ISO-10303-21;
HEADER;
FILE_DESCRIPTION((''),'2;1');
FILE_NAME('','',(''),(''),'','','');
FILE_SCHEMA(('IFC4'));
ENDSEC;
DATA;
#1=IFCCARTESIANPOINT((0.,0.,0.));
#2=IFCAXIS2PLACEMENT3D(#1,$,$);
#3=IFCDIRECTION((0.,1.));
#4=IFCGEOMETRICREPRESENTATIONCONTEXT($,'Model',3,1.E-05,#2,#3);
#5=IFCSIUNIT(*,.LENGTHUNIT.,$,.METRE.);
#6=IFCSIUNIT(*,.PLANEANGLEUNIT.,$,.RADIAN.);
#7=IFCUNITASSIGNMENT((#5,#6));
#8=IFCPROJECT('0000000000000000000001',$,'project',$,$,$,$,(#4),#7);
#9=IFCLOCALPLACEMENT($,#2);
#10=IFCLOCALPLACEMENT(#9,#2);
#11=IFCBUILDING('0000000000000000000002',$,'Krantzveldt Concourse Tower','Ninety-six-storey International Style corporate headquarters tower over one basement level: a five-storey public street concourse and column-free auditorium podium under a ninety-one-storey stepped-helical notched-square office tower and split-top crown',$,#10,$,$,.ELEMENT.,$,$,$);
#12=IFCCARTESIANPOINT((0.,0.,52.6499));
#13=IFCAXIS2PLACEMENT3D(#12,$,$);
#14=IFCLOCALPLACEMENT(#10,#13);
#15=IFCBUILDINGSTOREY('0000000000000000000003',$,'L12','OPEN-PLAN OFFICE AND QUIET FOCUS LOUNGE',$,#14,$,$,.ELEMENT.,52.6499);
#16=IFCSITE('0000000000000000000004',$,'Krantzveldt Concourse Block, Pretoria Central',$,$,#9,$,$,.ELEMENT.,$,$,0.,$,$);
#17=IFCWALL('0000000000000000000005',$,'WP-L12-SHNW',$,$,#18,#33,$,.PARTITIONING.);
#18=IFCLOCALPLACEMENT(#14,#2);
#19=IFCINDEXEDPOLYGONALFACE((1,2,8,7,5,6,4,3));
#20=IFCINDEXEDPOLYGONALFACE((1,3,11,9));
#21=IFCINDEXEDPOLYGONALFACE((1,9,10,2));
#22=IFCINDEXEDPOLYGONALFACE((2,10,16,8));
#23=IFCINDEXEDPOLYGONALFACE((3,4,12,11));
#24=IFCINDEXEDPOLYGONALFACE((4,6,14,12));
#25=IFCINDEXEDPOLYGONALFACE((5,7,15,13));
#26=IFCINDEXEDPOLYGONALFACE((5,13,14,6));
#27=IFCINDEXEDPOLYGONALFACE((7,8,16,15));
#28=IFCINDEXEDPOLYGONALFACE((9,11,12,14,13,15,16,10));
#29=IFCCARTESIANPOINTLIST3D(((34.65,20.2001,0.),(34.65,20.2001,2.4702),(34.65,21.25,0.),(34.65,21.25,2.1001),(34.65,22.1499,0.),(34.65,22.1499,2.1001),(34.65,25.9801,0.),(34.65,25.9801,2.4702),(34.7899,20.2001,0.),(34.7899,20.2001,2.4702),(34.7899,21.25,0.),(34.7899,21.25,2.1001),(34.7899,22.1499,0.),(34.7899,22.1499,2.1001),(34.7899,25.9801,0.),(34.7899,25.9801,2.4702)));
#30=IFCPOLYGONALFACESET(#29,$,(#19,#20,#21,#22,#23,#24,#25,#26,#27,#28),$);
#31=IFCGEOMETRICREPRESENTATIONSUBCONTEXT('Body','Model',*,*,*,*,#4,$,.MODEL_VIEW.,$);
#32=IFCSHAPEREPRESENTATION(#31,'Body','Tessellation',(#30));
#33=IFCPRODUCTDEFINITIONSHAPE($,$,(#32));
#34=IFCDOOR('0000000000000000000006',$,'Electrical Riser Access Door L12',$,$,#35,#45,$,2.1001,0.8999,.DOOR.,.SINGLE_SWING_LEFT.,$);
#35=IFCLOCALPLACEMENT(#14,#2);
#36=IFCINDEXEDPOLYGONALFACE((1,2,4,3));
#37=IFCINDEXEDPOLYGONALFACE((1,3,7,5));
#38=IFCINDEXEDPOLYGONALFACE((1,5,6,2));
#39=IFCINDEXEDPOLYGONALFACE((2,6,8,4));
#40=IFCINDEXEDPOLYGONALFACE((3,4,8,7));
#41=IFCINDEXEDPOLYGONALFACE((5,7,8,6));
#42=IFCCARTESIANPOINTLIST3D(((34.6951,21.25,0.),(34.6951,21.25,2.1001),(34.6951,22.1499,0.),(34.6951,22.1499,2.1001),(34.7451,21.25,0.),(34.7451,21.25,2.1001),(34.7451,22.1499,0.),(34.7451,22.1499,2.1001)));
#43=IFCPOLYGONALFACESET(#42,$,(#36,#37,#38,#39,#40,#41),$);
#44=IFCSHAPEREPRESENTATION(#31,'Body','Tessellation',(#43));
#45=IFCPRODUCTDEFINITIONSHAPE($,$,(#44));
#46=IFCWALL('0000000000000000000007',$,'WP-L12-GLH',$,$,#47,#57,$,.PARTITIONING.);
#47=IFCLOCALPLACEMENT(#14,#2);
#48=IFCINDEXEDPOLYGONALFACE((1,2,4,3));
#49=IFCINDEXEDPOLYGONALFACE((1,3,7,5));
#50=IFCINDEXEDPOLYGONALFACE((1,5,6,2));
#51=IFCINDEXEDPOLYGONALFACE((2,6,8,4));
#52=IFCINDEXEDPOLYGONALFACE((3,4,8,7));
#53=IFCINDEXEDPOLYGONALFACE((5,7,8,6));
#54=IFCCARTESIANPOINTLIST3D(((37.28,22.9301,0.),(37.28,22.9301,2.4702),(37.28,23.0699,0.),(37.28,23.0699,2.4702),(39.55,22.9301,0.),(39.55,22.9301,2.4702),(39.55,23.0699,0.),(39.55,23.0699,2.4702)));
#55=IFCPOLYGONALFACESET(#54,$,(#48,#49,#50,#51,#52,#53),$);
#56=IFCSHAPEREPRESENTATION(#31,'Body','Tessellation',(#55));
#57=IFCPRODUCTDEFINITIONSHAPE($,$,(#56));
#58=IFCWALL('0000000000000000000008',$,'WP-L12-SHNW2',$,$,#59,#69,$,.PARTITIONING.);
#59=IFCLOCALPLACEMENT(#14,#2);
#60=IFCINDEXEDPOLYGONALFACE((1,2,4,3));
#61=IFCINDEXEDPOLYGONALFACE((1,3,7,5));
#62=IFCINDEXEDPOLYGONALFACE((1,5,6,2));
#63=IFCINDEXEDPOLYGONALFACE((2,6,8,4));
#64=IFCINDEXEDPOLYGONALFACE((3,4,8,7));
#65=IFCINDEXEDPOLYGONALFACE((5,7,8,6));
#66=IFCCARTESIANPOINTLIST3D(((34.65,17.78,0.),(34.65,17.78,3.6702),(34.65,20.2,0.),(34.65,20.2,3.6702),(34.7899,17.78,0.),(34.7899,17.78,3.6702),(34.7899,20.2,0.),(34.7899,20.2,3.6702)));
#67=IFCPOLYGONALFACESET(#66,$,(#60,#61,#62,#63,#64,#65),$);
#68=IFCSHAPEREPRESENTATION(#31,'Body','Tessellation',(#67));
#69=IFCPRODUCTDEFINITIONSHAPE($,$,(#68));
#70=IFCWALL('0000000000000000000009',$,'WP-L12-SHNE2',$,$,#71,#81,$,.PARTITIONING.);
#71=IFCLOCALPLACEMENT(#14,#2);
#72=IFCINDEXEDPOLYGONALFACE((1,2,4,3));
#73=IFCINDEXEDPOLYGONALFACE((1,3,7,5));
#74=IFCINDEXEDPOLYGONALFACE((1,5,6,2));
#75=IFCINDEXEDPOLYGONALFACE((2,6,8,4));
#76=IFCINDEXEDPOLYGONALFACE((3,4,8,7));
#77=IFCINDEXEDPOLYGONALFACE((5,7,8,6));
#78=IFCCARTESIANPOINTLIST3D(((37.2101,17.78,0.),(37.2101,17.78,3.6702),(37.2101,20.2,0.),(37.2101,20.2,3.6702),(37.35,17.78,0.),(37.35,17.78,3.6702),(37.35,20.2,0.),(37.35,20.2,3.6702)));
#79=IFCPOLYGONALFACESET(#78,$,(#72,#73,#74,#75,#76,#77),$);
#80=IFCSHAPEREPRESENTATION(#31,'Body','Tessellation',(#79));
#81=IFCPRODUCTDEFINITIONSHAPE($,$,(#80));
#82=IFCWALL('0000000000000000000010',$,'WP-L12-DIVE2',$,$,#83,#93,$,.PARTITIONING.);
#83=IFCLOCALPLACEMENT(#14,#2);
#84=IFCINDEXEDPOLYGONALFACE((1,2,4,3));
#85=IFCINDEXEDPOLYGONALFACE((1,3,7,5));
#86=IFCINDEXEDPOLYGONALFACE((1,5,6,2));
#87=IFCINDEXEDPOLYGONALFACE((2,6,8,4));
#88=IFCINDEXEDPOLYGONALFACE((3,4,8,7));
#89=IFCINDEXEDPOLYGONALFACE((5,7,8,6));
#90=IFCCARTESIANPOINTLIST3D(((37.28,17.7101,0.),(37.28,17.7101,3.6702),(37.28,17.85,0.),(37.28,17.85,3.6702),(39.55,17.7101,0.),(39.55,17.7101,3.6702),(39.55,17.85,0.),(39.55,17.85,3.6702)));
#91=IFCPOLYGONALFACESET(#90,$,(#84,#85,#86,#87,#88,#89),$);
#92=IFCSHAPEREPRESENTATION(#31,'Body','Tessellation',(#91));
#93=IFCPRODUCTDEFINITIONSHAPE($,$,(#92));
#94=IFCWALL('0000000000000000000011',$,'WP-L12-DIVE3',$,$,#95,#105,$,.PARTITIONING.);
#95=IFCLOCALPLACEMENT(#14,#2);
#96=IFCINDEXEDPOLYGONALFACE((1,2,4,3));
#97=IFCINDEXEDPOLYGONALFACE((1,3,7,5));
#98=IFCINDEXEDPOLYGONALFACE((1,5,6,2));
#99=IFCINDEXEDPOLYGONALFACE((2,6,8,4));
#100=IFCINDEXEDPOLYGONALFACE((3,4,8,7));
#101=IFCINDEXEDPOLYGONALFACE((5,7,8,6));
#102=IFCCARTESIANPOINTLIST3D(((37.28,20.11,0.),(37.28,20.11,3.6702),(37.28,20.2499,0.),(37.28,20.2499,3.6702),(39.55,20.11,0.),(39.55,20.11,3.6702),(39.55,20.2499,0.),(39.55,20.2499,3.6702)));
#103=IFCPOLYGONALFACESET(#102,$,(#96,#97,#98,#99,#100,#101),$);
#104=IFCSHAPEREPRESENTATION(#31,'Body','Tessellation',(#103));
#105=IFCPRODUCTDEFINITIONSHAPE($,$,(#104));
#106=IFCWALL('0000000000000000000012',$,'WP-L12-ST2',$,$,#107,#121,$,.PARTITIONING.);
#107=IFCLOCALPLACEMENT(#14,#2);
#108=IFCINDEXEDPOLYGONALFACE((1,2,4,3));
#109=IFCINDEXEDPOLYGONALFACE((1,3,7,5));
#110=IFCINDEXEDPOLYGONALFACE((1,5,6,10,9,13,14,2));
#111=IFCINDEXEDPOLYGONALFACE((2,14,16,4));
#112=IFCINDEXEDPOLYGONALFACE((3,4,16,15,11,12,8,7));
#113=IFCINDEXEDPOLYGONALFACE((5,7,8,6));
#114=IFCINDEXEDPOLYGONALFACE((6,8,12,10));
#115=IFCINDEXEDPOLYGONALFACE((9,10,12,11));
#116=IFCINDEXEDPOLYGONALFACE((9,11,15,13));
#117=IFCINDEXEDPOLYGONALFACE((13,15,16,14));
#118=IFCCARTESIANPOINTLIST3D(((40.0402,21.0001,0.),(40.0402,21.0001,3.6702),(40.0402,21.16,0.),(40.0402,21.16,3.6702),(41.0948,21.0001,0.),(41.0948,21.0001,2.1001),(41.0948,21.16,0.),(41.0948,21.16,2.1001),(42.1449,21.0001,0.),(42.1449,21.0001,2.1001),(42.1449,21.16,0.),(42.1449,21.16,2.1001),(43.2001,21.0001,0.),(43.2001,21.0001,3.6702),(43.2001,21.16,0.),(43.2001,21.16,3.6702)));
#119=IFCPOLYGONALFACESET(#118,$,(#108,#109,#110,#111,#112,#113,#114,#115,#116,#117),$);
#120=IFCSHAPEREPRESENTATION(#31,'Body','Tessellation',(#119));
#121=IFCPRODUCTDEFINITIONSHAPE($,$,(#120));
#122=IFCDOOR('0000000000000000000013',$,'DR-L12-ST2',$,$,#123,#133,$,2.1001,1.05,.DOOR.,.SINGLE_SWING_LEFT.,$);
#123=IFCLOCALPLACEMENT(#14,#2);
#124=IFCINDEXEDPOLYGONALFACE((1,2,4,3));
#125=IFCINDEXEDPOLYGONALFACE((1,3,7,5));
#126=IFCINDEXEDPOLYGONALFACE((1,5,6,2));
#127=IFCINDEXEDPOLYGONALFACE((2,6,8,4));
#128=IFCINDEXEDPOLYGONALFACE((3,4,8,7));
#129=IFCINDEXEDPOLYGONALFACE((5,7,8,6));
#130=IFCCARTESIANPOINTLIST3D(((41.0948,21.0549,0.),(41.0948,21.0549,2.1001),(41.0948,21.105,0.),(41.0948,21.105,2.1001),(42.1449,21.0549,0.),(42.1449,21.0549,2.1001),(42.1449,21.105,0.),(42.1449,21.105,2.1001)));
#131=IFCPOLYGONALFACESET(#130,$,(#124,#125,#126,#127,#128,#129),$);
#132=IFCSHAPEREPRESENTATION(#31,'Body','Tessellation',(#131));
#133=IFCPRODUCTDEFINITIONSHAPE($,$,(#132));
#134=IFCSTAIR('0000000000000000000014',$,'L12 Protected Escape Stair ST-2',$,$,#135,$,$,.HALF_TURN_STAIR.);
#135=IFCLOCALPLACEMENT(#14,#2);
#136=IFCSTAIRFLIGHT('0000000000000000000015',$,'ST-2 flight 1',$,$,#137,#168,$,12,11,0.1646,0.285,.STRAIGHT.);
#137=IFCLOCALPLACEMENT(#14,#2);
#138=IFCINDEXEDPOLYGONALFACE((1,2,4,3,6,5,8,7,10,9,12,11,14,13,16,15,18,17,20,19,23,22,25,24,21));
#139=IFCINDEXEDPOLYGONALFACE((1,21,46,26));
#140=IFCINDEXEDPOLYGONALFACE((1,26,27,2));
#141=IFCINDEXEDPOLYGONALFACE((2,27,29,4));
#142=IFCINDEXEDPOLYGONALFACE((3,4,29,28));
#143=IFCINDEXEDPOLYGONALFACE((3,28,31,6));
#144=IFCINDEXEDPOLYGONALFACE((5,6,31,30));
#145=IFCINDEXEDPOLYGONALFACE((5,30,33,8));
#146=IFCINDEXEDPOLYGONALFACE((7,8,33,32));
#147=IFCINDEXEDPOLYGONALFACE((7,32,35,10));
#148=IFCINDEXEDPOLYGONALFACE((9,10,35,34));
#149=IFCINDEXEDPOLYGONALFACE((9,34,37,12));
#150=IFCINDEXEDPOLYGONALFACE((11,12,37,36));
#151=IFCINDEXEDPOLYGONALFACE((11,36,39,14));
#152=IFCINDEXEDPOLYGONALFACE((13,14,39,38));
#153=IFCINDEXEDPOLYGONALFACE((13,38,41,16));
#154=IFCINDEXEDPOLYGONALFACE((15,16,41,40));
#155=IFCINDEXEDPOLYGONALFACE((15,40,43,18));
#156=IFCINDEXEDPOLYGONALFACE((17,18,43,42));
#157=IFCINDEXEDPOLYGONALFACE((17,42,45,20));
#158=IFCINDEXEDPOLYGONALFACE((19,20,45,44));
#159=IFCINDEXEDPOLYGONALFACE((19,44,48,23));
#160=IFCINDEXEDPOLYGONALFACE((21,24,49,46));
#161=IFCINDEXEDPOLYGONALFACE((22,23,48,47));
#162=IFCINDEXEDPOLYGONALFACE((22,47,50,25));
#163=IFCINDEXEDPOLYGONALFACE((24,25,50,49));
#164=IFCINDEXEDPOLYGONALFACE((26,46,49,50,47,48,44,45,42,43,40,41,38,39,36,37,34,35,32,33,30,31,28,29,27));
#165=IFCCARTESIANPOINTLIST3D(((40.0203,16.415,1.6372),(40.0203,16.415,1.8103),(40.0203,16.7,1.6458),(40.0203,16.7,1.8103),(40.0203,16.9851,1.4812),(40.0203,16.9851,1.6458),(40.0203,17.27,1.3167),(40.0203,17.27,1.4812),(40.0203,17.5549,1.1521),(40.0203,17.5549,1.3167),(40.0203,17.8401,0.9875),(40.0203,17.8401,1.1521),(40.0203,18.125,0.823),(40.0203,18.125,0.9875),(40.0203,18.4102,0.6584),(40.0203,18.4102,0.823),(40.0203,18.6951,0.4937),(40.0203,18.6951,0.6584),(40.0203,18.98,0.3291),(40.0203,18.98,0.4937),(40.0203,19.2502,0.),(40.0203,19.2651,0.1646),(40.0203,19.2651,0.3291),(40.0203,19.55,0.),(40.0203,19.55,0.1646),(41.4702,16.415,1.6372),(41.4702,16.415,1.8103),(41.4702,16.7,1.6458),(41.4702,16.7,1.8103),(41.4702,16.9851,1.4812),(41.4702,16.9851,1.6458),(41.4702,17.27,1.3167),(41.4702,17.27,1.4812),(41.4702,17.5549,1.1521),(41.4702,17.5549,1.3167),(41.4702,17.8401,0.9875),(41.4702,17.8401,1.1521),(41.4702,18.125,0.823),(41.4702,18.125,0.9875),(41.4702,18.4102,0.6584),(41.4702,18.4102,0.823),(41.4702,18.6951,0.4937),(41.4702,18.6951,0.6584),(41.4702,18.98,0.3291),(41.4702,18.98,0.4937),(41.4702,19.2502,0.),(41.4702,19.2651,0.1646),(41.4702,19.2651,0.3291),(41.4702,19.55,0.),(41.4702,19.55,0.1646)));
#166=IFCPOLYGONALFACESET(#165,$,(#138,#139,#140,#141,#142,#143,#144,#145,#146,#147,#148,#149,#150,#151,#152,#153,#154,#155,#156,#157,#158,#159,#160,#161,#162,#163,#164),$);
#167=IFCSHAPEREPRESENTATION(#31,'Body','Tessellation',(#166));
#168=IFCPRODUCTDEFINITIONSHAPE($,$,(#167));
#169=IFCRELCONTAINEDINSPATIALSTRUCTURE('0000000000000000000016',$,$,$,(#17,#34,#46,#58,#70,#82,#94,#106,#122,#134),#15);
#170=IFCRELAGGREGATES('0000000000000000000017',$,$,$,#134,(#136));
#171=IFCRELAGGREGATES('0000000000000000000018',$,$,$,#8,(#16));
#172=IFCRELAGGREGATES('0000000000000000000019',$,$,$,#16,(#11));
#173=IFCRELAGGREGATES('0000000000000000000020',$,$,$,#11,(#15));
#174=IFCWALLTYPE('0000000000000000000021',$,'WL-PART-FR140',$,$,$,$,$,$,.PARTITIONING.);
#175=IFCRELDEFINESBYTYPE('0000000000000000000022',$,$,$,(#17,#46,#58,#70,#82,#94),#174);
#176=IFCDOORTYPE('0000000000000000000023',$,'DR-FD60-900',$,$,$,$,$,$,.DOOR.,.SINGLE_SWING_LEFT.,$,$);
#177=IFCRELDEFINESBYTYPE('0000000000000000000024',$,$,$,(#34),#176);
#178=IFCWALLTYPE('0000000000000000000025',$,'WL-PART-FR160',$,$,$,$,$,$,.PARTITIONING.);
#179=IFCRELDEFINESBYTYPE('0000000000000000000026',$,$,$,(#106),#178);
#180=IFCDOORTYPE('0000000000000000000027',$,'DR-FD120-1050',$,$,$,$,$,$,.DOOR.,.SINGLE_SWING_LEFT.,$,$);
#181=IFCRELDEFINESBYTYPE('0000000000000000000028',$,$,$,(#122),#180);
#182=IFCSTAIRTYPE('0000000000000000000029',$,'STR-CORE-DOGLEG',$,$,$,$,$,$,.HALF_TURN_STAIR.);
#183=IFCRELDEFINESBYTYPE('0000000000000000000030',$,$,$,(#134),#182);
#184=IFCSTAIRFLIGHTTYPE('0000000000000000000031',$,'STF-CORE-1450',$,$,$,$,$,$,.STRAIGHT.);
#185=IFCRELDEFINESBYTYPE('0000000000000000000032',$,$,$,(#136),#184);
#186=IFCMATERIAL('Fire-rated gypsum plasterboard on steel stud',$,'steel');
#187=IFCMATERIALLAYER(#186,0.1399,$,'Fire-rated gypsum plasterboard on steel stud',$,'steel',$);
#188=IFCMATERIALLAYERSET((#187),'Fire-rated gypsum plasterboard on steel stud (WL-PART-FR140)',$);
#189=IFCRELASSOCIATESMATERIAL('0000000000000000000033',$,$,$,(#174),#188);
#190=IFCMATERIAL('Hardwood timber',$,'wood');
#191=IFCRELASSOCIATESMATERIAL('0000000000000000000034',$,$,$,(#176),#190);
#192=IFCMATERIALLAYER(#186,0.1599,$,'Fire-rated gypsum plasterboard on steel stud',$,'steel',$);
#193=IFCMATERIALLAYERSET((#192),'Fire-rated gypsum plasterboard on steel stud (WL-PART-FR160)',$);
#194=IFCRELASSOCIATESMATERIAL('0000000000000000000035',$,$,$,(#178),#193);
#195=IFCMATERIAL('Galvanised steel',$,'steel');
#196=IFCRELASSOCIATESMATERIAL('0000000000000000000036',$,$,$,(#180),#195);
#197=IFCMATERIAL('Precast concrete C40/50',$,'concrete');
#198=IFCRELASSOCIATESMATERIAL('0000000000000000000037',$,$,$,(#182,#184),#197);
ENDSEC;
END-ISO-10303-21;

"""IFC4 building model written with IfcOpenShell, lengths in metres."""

from ifc_helpers import new_model, si_unit, direction, frame, frame_2d, origin, place, context, subcontext, project, spatial, polyline, rectangle, outline, extrude, material, layer, layer_set, type_object, element, fill, aggregate, save


model = new_model("IFC4")

# Units and contexts
model_context = context("Model", 3, precision=1e-05, world=origin(), true_north=direction((0.0, 1.0)))
body_context = subcontext(model_context, "Body", "Model", "MODEL_VIEW")
ifc_project = project(units=[si_unit("LENGTHUNIT", "METRE"), si_unit("PLANEANGLEUNIT", "RADIAN")], contexts=[model_context])

# Site, building, storey
site_placement = place(None, origin())
site = spatial("IfcSite", under=ifc_project, at=site_placement, Name="Krantzveldt Concourse Block, Pretoria Central", CompositionType="ELEMENT", RefElevation=0.0)
building_placement = place(site_placement, origin())
building = spatial("IfcBuilding", under=site, at=building_placement, Name="Krantzveldt Concourse Tower", Description="Ninety-six-storey International Style corporate headquarters tower over one basement level: a five-storey public street concourse and column-free auditorium podium under a ninety-one-storey stepped-helical notched-square office tower and split-top crown", CompositionType="ELEMENT")
storey_placement = place(building_placement, frame((0.0, 0.0, 52.6499)))
storey = spatial("IfcBuildingStorey", under=building, at=storey_placement, Name="L12", Description="OPEN-PLAN OFFICE AND QUIET FOCUS LOUNGE", CompositionType="ELEMENT", Elevation=52.6499)

# Wall, opening, door
ifc_material_1 = material(Name="Fire-rated gypsum plasterboard on steel stud", Category="steel")
ifc_layer_1 = layer(ifc_material_1, 0.1399, Name="Fire-rated gypsum plasterboard on steel stud", Category="steel")
ifc_layer_set_1 = layer_set([ifc_layer_1], Name="Fire-rated gypsum plasterboard on steel stud (WL-PART-FR140)")
wall_type_1 = type_object("IfcWallType", Name="WL-PART-FR140", PredefinedType="PARTITIONING", material=ifc_layer_set_1)
wall_1_placement = place(storey_placement, frame((34.72, 20.2, 0.0), z_axis=(0.0, 0.0, 1.0), x_axis=(0.0, 1.0, 0.0)))
wall_1 = element("IfcWall", 1, at=wall_1_placement, inside=storey, type_object=wall_type_1, Name="WP-L12-SHNW", PredefinedType="PARTITIONING", context=body_context, shape_type="SweptSolid", body=[
    extrude(rectangle(XDim=5.78, YDim=0.1399, at=frame_2d((2.8901, 0.0))), origin(), (0.0, 0.0, 1.0), 2.4702),
])
opening_1_placement = place(wall_1_placement, frame((1.05, 0.0, 0.0)))
opening_1 = element("IfcOpeningElement", 2, at=opening_1_placement, cuts=wall_1, PredefinedType="OPENING", context=body_context, shape_type="SweptSolid", body=[
    extrude(rectangle(XDim=0.8999, YDim=2.1001, at=frame_2d((0.45, 1.05))), frame((0.0, 0.0801, 0.0), z_axis=(0.0, -1.0, 0.0), x_axis=(1.0, 0.0, 0.0)), (0.0, 0.0, 1.0), 0.1599),
])
ifc_material_2 = material(Name="Hardwood timber", Category="wood")
door_type_1 = type_object("IfcDoorType", Name="DR-FD60-900", OperationType="SINGLE_SWING_LEFT", PredefinedType="DOOR", material=ifc_material_2)
door_1_placement = place(opening_1_placement, origin())
door_1 = element("IfcDoor", 3, at=door_1_placement, inside=storey, type_object=door_type_1, Name="Electrical Riser Access Door L12", OperationType="SINGLE_SWING_LEFT", OverallHeight=2.1001, OverallWidth=0.8999, PredefinedType="DOOR", context=body_context, shape_type="SweptSolid", body=[
    extrude(rectangle(XDim=0.8999, YDim=2.1001, at=frame_2d((0.45, 1.05))), frame((0.0, 0.0249, 0.0), z_axis=(0.0, -1.0, 0.0), x_axis=(1.0, 0.0, 0.0)), (0.0, 0.0, 1.0), 0.05),
])
fill(opening_1, door_1)

# Walls
wall_2_placement = place(storey_placement, frame((37.28, 23.0, 0.0), z_axis=(0.0, 0.0, 1.0), x_axis=(1.0, 0.0, 0.0)))
element("IfcWall", 4, at=wall_2_placement, inside=storey, type_object=wall_type_1, Name="WP-L12-GLH", PredefinedType="PARTITIONING", context=body_context, shape_type="SweptSolid", body=[
    extrude(rectangle(XDim=2.27, YDim=0.1399, at=frame_2d((1.135, 0.0))), origin(), (0.0, 0.0, 1.0), 2.4702),
])
for number, where, z_axis, x_axis, name in (
    (5, (34.72, 17.78, 0.0), (0.0, 0.0, 1.0), (0.0, 1.0, 0.0), "WP-L12-SHNW2"),
    (6, (37.28, 17.78, 0.0), (0.0, 0.0, 1.0), (0.0, 1.0, 0.0), "WP-L12-SHNE2"),
):
    element("IfcWall", number, at=place(storey_placement, frame(where, z_axis=z_axis, x_axis=x_axis)), inside=storey, type_object=wall_type_1, Name=name, PredefinedType="PARTITIONING", context=body_context, shape_type="SweptSolid", body=[
        extrude(rectangle(XDim=2.4199, YDim=0.1399, at=frame_2d((1.21, 0.0))), origin(), (0.0, 0.0, 1.0), 3.6702),
    ])
for number, where, z_axis, x_axis, name in (
    (7, (37.28, 17.78, 0.0), (0.0, 0.0, 1.0), (1.0, 0.0, 0.0), "WP-L12-DIVE2"),
    (8, (37.28, 20.1799, 0.0), (0.0, 0.0, 1.0), (1.0, 0.0, 0.0), "WP-L12-DIVE3"),
):
    element("IfcWall", number, at=place(storey_placement, frame(where, z_axis=z_axis, x_axis=x_axis)), inside=storey, type_object=wall_type_1, Name=name, PredefinedType="PARTITIONING", context=body_context, shape_type="SweptSolid", body=[
        extrude(rectangle(XDim=2.27, YDim=0.1399, at=frame_2d((1.135, 0.0))), origin(), (0.0, 0.0, 1.0), 3.6702),
    ])

# Wall, opening, door
ifc_layer_2 = layer(ifc_material_1, 0.1599, Name="Fire-rated gypsum plasterboard on steel stud", Category="steel")
ifc_layer_set_2 = layer_set([ifc_layer_2], Name="Fire-rated gypsum plasterboard on steel stud (WL-PART-FR160)")
wall_type_2 = type_object("IfcWallType", Name="WL-PART-FR160", PredefinedType="PARTITIONING", material=ifc_layer_set_2)
wall_3_placement = place(storey_placement, frame((40.04, 21.0801, 0.0), z_axis=(0.0, 0.0, 1.0), x_axis=(1.0, 0.0, 0.0)))
wall_3 = element("IfcWall", 9, at=wall_3_placement, inside=storey, type_object=wall_type_2, Name="WP-L12-ST2", PredefinedType="PARTITIONING", context=body_context, shape_type="SweptSolid", body=[
    extrude(rectangle(XDim=3.1599, YDim=0.1599, at=frame_2d((1.5801, 0.0))), origin(), (0.0, 0.0, 1.0), 3.6702),
])
opening_2_placement = place(wall_3_placement, frame((1.0549, 0.0, 0.0)))
opening_2 = element("IfcOpeningElement", 10, at=opening_2_placement, cuts=wall_3, PredefinedType="OPENING", context=body_context, shape_type="SweptSolid", body=[
    extrude(rectangle(XDim=1.05, YDim=2.1001, at=frame_2d((0.5249, 1.05))), frame((0.0, 0.0898, 0.0), z_axis=(0.0, -1.0, 0.0), x_axis=(1.0, 0.0, 0.0)), (0.0, 0.0, 1.0), 0.1799),
])
ifc_material_3 = material(Name="Galvanised steel", Category="steel")
door_type_2 = type_object("IfcDoorType", Name="DR-FD120-1050", OperationType="SINGLE_SWING_LEFT", PredefinedType="DOOR", material=ifc_material_3)
door_2_placement = place(opening_2_placement, origin())
door_2 = element("IfcDoor", 11, at=door_2_placement, inside=storey, type_object=door_type_2, Name="DR-L12-ST2", OperationType="SINGLE_SWING_LEFT", OverallHeight=2.1001, OverallWidth=1.05, PredefinedType="DOOR", context=body_context, shape_type="SweptSolid", body=[
    extrude(rectangle(XDim=1.05, YDim=2.1001, at=frame_2d((0.5249, 1.05))), frame((0.0, 0.0249, 0.0), z_axis=(0.0, -1.0, 0.0), x_axis=(1.0, 0.0, 0.0)), (0.0, 0.0, 1.0), 0.05),
])
fill(opening_2, door_2)

# Stair, stair flight
ifc_material_4 = material(Name="Precast concrete C40/50", Category="concrete")
stair_type = type_object("IfcStairType", Name="STR-CORE-DOGLEG", PredefinedType="HALF_TURN_STAIR", material=ifc_material_4)
stair_placement = place(storey_placement, origin())
stair = element("IfcStair", 12, at=stair_placement, inside=storey, type_object=stair_type, Name="L12 Protected Escape Stair ST-2", PredefinedType="HALF_TURN_STAIR")
stair_flight_type = type_object("IfcStairFlightType", Name="STF-CORE-1450", PredefinedType="STRAIGHT", material=ifc_material_4)
stair_flight_1_placement = place(storey_placement, frame((40.7451, 19.55, 0.0), z_axis=(0.0, 0.0, 1.0), x_axis=(0.0, -1.0, 0.0)))
stair_flight_1 = element("IfcStairFlight", 13, at=stair_flight_1_placement, type_object=stair_flight_type, Name="ST-2 flight 1", NumberOfRisers=12, NumberOfTreads=11, PredefinedType="STRAIGHT", RiserHeight=0.1646, TreadLength=0.285, context=body_context, shape_type="SweptSolid", body=[
    extrude(outline(polyline([(0.0, 0.0), (0.0, 0.1646), (0.2849, 0.1646), (0.2849, 0.3291), (0.5701, 0.3291), (0.5701, 0.4937), (0.855, 0.4937), (0.855, 0.6584), (1.1399, 0.6584), (1.1399, 0.823), (1.425, 0.823), (1.425, 0.9875), (1.71, 0.9875), (1.71, 1.1521), (1.9951, 1.1521), (1.9951, 1.3167), (2.28, 1.3167), (2.28, 1.4812), (2.5649, 1.4812), (2.5649, 1.6458), (2.8501, 1.6458), (2.8501, 1.8103), (3.135, 1.8103), (3.135, 1.9751), (3.135, 1.6372), (0.2998, 0.0), (0.0, 0.0)])), frame((0.0, 0.7251, 0.0), z_axis=(0.0, -1.0, 0.0), x_axis=(1.0, 0.0, 0.0)), (0.0, 0.0, 1.0), 1.45),
])
aggregate(stair, [stair_flight_1])

save(model, "model.ifc")
